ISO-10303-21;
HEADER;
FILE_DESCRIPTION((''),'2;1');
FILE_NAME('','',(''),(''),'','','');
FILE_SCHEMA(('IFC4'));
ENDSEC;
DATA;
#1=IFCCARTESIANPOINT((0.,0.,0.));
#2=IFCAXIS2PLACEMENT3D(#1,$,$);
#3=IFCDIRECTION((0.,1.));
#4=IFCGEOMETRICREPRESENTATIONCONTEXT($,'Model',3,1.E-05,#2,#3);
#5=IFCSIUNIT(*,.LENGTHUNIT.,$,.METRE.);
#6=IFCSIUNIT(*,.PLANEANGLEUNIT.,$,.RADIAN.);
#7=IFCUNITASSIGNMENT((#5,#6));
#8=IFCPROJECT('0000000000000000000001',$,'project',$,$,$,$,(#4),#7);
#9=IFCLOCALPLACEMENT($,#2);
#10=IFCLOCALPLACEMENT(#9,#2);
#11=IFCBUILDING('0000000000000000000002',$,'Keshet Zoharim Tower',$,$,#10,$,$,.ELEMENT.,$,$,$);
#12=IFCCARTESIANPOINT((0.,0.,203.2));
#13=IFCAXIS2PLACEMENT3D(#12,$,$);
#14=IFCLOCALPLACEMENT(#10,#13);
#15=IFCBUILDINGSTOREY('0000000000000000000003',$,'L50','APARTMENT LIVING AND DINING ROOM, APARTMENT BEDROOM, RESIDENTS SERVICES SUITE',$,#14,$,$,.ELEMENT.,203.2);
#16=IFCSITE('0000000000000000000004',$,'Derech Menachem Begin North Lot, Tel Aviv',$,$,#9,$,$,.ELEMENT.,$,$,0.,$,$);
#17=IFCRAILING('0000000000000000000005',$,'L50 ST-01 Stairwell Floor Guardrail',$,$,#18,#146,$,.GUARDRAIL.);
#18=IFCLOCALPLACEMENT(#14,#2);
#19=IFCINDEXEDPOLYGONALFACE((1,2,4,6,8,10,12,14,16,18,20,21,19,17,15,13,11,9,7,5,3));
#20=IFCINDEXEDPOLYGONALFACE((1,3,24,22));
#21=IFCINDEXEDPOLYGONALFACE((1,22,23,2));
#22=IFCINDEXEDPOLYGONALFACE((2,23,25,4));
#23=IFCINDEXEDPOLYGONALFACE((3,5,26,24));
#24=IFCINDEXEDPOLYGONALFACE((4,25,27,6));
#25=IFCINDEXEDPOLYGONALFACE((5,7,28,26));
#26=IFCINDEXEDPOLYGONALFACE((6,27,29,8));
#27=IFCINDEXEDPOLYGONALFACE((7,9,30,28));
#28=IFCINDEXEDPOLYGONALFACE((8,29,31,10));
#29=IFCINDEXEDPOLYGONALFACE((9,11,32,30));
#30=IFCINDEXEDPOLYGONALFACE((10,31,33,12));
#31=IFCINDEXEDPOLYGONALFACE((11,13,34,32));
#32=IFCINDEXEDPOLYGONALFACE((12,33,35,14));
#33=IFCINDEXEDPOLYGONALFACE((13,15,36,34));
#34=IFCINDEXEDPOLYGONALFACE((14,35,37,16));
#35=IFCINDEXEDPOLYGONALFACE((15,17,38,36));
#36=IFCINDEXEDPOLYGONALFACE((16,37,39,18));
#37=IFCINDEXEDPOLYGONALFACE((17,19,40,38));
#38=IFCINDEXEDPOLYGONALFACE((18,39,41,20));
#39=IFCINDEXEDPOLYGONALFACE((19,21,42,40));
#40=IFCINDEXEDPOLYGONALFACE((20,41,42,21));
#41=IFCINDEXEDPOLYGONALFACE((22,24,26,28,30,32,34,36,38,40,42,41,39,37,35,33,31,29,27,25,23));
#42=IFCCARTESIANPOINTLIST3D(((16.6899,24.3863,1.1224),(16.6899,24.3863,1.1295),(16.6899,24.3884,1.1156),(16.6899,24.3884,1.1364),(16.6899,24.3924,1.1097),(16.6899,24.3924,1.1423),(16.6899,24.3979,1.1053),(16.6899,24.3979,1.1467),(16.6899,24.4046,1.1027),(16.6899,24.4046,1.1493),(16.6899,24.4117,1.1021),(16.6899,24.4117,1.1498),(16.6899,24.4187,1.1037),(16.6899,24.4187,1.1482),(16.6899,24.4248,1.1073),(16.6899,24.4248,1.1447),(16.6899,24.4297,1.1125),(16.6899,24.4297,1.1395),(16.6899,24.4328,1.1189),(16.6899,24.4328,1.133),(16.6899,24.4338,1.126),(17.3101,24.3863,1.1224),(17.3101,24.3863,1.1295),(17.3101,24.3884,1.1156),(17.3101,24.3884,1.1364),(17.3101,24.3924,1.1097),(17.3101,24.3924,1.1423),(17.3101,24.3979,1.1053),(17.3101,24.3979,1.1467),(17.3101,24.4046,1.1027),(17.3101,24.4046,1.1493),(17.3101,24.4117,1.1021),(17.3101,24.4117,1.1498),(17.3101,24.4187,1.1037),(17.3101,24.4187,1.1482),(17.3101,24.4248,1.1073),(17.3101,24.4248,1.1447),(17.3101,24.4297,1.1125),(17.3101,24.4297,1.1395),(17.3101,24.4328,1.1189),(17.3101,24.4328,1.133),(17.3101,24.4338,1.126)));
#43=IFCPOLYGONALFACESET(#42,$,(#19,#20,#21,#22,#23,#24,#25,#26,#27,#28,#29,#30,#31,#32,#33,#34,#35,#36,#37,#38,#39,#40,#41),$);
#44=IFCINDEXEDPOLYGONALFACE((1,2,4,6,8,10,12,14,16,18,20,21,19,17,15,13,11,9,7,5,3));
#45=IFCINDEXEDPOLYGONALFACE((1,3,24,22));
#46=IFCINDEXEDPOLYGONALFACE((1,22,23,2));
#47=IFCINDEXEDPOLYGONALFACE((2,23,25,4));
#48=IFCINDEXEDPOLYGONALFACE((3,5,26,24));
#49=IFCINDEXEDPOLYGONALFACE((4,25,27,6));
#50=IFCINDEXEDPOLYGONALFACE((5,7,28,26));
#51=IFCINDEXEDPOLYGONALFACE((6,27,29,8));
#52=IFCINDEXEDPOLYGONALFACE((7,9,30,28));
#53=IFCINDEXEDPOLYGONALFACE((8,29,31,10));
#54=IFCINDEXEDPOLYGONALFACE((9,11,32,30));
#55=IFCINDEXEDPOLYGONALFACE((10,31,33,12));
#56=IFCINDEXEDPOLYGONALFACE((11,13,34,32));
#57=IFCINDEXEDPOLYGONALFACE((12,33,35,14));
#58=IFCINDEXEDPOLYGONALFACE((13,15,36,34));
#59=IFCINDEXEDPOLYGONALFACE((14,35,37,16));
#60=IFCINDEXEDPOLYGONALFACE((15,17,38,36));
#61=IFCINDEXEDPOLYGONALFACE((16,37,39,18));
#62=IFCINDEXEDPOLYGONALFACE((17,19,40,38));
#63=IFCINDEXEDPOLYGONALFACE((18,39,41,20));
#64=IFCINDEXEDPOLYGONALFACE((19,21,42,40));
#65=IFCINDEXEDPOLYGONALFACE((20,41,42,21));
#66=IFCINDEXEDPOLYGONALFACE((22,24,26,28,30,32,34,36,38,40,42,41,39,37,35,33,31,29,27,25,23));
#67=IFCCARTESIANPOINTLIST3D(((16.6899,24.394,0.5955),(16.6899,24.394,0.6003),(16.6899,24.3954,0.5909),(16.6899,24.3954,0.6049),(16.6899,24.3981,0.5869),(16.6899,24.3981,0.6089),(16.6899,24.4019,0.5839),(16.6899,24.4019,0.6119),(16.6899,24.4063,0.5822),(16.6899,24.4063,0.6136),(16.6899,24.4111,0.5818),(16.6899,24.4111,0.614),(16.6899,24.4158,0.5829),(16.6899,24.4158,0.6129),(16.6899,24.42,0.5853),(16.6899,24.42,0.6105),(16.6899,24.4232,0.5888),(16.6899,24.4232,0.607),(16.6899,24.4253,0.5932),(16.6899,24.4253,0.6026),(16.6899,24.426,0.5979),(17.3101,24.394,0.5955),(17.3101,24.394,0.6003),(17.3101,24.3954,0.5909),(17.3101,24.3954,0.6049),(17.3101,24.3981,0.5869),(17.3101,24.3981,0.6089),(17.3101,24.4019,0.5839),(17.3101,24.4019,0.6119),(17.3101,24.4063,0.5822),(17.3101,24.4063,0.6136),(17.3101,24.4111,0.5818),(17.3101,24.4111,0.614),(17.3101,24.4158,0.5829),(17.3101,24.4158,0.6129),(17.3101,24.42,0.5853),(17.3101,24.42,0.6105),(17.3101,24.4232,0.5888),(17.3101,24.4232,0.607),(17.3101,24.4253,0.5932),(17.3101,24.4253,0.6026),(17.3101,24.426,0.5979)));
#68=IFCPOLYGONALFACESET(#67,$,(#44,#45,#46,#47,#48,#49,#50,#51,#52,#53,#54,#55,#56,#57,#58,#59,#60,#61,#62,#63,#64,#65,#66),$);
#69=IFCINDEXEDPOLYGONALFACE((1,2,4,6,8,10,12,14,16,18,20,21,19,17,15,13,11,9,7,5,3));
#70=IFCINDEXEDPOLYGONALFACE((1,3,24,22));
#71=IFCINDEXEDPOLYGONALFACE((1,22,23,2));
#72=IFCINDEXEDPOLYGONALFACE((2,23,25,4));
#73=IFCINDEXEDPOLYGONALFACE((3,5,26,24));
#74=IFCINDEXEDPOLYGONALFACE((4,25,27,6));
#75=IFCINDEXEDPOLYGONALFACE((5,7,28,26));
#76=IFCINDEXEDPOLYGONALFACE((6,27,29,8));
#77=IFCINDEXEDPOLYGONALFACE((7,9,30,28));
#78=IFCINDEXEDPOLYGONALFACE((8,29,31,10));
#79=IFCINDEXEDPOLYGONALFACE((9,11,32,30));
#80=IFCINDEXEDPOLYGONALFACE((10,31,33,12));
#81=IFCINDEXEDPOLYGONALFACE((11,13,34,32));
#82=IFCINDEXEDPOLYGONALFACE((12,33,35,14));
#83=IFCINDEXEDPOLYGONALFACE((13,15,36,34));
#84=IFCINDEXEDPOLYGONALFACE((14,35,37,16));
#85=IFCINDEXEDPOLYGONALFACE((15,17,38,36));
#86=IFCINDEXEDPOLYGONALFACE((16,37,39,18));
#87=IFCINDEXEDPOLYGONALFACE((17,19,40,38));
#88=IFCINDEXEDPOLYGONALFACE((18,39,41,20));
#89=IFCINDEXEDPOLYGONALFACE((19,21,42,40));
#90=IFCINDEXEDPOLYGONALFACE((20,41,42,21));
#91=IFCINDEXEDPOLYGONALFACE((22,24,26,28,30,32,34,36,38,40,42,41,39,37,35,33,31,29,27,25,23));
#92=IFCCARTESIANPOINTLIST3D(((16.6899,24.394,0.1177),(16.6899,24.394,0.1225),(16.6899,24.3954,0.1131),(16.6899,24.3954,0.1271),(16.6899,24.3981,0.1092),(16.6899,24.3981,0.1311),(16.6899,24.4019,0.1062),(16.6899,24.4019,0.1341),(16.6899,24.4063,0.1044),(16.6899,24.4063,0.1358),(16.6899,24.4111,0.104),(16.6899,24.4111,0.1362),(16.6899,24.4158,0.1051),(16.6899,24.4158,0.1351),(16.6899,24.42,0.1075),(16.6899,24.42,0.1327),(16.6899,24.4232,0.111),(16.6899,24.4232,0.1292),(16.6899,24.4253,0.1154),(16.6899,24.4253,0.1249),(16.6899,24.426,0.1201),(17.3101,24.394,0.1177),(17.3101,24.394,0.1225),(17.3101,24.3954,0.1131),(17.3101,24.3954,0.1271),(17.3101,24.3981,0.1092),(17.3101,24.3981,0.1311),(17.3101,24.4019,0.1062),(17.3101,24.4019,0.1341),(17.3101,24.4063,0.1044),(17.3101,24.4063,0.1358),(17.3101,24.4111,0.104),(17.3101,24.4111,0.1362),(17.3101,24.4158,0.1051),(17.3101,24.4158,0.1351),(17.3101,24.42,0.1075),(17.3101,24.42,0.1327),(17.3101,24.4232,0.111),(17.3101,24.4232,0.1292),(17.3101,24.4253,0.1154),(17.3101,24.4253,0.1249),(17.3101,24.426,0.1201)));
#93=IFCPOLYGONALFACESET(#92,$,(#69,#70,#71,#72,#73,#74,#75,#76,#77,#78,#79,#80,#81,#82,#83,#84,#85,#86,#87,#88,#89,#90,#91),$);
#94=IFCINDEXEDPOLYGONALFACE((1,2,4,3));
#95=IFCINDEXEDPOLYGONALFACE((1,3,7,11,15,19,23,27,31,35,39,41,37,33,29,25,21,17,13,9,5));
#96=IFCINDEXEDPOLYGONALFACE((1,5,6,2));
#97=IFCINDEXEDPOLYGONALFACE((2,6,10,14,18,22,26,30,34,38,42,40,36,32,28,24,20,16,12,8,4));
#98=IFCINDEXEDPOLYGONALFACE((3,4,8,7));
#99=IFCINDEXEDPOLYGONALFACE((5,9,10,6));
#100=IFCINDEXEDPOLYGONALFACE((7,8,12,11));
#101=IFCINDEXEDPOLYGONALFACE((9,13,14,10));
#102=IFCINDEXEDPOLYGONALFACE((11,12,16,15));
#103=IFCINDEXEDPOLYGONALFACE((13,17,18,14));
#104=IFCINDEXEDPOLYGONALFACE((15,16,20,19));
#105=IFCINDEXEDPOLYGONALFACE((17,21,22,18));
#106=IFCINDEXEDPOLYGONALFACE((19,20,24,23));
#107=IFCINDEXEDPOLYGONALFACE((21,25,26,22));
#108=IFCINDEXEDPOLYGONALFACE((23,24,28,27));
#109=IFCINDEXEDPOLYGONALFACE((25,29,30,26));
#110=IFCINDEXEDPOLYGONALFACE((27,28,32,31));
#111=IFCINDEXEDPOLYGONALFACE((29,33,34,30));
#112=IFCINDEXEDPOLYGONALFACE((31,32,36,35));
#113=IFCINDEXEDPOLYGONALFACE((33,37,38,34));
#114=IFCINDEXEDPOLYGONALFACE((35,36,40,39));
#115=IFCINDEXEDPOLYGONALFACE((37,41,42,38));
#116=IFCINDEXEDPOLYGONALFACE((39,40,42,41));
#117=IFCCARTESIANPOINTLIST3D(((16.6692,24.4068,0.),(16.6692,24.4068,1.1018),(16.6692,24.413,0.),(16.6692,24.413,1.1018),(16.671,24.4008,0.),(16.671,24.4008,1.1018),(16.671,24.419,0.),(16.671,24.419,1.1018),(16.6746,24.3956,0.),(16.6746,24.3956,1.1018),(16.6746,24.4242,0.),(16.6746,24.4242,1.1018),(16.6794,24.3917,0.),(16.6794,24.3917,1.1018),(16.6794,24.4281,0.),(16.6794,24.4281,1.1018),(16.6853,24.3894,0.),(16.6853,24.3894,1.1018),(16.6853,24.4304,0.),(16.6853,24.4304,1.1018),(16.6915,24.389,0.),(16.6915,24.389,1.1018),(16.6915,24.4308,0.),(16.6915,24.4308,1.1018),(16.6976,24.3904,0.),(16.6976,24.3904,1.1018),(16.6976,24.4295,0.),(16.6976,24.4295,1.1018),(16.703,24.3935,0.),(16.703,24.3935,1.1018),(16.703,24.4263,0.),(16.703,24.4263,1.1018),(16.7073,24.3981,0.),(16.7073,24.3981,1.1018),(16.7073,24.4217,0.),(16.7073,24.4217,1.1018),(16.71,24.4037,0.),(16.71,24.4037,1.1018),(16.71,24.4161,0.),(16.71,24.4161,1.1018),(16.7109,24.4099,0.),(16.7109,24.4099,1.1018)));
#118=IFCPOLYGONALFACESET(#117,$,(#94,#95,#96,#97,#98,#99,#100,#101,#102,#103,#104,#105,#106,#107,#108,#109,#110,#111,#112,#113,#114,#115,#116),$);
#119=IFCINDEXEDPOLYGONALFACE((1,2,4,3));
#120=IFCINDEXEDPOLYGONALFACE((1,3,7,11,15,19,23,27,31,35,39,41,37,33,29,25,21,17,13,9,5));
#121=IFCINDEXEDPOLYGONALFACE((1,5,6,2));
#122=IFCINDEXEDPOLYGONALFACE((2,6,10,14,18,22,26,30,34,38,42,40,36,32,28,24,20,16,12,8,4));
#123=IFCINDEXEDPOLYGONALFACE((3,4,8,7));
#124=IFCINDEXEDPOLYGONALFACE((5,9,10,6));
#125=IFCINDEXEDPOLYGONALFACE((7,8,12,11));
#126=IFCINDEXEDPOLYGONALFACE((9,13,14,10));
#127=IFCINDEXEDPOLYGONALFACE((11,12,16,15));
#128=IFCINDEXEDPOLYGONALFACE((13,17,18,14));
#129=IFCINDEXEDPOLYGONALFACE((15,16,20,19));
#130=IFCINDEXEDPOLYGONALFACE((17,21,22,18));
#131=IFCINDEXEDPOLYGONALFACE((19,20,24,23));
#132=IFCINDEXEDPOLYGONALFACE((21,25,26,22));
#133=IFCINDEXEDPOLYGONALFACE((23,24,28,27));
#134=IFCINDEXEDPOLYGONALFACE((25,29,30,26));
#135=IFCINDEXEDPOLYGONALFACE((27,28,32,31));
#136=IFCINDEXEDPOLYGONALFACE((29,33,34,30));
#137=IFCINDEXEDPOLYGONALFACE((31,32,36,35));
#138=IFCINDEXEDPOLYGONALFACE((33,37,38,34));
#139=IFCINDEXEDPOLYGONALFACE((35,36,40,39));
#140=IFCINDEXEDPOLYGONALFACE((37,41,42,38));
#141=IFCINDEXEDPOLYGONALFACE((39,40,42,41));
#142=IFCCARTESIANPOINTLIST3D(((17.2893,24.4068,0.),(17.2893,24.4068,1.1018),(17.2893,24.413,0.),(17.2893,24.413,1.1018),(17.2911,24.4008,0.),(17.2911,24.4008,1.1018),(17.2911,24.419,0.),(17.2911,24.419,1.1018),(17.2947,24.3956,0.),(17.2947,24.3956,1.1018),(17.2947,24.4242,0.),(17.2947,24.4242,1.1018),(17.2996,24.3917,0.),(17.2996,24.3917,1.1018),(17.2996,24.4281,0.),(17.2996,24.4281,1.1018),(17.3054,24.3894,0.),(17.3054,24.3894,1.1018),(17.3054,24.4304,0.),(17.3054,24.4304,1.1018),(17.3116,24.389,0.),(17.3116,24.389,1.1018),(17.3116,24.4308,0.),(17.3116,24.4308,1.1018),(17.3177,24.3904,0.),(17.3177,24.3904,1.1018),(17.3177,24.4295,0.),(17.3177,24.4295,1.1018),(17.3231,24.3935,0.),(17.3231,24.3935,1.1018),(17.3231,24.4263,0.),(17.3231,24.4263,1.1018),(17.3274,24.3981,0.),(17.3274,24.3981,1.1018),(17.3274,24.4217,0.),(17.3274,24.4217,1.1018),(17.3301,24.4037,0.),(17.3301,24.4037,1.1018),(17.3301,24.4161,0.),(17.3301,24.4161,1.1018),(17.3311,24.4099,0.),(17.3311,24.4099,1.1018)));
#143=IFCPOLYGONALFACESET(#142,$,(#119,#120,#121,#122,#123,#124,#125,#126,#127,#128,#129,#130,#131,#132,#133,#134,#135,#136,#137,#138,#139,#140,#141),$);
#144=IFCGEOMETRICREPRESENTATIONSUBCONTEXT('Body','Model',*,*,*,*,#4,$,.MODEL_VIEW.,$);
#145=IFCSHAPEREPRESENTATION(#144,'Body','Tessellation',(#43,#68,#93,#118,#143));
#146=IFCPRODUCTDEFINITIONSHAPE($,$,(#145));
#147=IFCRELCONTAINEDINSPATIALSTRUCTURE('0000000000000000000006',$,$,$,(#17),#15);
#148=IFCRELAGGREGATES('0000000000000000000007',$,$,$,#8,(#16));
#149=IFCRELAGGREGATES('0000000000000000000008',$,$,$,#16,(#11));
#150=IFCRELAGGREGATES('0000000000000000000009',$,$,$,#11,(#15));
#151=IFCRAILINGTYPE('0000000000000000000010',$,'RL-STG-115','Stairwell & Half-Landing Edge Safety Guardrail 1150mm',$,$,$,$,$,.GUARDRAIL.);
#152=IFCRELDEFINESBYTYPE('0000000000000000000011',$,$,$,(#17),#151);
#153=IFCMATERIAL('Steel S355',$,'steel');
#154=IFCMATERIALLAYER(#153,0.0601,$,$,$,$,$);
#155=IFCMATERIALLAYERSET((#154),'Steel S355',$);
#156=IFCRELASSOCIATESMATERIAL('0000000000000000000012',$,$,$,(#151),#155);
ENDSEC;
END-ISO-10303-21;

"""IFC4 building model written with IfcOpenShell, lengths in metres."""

from ifc_helpers import new_model, si_unit, direction, frame, origin, origin_2d, place, context, subcontext, project, spatial, circle, extrude, material, layer, layer_set, type_object, element, save


model = new_model("IFC4")

# Units and contexts
model_context = context("Model", 3, precision=1e-05, world=origin(), true_north=direction((0.0, 1.0)))
body_context = subcontext(model_context, "Body", "Model", "MODEL_VIEW")
ifc_project = project(units=[si_unit("LENGTHUNIT", "METRE"), si_unit("PLANEANGLEUNIT", "RADIAN")], contexts=[model_context])

# Site, building, storey
site_placement = place(None, origin())
site = spatial("IfcSite", under=ifc_project, at=site_placement, Name="Derech Menachem Begin North Lot, Tel Aviv", CompositionType="ELEMENT", RefElevation=0.0)
building_placement = place(site_placement, origin())
building = spatial("IfcBuilding", under=site, at=building_placement, Name="Keshet Zoharim Tower", CompositionType="ELEMENT")
storey_placement = place(building_placement, frame((0.0, 0.0, 203.2)))
storey = spatial("IfcBuildingStorey", under=building, at=storey_placement, Name="L50", Description="APARTMENT LIVING AND DINING ROOM, APARTMENT BEDROOM, RESIDENTS SERVICES SUITE", CompositionType="ELEMENT", Elevation=203.2)

# Railing
ifc_material_1 = material(Name="Steel S355", Category="steel")
ifc_layer_1 = layer(ifc_material_1, 0.0601)
ifc_layer_set_1 = layer_set([ifc_layer_1], Name="Steel S355")
railing_type_1 = type_object("IfcRailingType", Name="RL-STG-115", Description="Stairwell & Half-Landing Edge Safety Guardrail 1150mm", PredefinedType="GUARDRAIL", material=ifc_layer_set_1)
railing_1_placement = place(storey_placement, frame((16.6899, 24.4099, 0.0)))
element("IfcRailing", 1, at=railing_1_placement, inside=storey, type_object=railing_type_1, Name="L50 ST-01 Stairwell Floor Guardrail", PredefinedType="GUARDRAIL", context=body_context, shape_type="SweptSolid", body=[
    extrude(circle(Radius=0.0239, at=origin_2d()), frame((0.0, 0.0, 1.126), z_axis=(1.0, 0.0, 0.0), x_axis=(0.0, 1.0, 0.0)), (0.0, 0.0, 1.0), 0.6201),
    extrude(circle(Radius=0.0161, at=origin_2d()), frame((0.0, 0.0, 0.5979), z_axis=(1.0, 0.0, 0.0), x_axis=(0.0, 1.0, 0.0)), (0.0, 0.0, 1.0), 0.6201),
    extrude(circle(Radius=0.0161, at=origin_2d()), frame((0.0, 0.0, 0.1201), z_axis=(1.0, 0.0, 0.0), x_axis=(0.0, 1.0, 0.0)), (0.0, 0.0, 1.0), 0.6201),
    extrude(circle(Radius=0.021, at=origin_2d()), origin(), (0.0, 0.0, 1.0), 1.1018),
    extrude(circle(Radius=0.021, at=origin_2d()), frame((0.6201, 0.0, 0.0)), (0.0, 0.0, 1.0), 1.1018),
])

save(model, "model.ifc")
